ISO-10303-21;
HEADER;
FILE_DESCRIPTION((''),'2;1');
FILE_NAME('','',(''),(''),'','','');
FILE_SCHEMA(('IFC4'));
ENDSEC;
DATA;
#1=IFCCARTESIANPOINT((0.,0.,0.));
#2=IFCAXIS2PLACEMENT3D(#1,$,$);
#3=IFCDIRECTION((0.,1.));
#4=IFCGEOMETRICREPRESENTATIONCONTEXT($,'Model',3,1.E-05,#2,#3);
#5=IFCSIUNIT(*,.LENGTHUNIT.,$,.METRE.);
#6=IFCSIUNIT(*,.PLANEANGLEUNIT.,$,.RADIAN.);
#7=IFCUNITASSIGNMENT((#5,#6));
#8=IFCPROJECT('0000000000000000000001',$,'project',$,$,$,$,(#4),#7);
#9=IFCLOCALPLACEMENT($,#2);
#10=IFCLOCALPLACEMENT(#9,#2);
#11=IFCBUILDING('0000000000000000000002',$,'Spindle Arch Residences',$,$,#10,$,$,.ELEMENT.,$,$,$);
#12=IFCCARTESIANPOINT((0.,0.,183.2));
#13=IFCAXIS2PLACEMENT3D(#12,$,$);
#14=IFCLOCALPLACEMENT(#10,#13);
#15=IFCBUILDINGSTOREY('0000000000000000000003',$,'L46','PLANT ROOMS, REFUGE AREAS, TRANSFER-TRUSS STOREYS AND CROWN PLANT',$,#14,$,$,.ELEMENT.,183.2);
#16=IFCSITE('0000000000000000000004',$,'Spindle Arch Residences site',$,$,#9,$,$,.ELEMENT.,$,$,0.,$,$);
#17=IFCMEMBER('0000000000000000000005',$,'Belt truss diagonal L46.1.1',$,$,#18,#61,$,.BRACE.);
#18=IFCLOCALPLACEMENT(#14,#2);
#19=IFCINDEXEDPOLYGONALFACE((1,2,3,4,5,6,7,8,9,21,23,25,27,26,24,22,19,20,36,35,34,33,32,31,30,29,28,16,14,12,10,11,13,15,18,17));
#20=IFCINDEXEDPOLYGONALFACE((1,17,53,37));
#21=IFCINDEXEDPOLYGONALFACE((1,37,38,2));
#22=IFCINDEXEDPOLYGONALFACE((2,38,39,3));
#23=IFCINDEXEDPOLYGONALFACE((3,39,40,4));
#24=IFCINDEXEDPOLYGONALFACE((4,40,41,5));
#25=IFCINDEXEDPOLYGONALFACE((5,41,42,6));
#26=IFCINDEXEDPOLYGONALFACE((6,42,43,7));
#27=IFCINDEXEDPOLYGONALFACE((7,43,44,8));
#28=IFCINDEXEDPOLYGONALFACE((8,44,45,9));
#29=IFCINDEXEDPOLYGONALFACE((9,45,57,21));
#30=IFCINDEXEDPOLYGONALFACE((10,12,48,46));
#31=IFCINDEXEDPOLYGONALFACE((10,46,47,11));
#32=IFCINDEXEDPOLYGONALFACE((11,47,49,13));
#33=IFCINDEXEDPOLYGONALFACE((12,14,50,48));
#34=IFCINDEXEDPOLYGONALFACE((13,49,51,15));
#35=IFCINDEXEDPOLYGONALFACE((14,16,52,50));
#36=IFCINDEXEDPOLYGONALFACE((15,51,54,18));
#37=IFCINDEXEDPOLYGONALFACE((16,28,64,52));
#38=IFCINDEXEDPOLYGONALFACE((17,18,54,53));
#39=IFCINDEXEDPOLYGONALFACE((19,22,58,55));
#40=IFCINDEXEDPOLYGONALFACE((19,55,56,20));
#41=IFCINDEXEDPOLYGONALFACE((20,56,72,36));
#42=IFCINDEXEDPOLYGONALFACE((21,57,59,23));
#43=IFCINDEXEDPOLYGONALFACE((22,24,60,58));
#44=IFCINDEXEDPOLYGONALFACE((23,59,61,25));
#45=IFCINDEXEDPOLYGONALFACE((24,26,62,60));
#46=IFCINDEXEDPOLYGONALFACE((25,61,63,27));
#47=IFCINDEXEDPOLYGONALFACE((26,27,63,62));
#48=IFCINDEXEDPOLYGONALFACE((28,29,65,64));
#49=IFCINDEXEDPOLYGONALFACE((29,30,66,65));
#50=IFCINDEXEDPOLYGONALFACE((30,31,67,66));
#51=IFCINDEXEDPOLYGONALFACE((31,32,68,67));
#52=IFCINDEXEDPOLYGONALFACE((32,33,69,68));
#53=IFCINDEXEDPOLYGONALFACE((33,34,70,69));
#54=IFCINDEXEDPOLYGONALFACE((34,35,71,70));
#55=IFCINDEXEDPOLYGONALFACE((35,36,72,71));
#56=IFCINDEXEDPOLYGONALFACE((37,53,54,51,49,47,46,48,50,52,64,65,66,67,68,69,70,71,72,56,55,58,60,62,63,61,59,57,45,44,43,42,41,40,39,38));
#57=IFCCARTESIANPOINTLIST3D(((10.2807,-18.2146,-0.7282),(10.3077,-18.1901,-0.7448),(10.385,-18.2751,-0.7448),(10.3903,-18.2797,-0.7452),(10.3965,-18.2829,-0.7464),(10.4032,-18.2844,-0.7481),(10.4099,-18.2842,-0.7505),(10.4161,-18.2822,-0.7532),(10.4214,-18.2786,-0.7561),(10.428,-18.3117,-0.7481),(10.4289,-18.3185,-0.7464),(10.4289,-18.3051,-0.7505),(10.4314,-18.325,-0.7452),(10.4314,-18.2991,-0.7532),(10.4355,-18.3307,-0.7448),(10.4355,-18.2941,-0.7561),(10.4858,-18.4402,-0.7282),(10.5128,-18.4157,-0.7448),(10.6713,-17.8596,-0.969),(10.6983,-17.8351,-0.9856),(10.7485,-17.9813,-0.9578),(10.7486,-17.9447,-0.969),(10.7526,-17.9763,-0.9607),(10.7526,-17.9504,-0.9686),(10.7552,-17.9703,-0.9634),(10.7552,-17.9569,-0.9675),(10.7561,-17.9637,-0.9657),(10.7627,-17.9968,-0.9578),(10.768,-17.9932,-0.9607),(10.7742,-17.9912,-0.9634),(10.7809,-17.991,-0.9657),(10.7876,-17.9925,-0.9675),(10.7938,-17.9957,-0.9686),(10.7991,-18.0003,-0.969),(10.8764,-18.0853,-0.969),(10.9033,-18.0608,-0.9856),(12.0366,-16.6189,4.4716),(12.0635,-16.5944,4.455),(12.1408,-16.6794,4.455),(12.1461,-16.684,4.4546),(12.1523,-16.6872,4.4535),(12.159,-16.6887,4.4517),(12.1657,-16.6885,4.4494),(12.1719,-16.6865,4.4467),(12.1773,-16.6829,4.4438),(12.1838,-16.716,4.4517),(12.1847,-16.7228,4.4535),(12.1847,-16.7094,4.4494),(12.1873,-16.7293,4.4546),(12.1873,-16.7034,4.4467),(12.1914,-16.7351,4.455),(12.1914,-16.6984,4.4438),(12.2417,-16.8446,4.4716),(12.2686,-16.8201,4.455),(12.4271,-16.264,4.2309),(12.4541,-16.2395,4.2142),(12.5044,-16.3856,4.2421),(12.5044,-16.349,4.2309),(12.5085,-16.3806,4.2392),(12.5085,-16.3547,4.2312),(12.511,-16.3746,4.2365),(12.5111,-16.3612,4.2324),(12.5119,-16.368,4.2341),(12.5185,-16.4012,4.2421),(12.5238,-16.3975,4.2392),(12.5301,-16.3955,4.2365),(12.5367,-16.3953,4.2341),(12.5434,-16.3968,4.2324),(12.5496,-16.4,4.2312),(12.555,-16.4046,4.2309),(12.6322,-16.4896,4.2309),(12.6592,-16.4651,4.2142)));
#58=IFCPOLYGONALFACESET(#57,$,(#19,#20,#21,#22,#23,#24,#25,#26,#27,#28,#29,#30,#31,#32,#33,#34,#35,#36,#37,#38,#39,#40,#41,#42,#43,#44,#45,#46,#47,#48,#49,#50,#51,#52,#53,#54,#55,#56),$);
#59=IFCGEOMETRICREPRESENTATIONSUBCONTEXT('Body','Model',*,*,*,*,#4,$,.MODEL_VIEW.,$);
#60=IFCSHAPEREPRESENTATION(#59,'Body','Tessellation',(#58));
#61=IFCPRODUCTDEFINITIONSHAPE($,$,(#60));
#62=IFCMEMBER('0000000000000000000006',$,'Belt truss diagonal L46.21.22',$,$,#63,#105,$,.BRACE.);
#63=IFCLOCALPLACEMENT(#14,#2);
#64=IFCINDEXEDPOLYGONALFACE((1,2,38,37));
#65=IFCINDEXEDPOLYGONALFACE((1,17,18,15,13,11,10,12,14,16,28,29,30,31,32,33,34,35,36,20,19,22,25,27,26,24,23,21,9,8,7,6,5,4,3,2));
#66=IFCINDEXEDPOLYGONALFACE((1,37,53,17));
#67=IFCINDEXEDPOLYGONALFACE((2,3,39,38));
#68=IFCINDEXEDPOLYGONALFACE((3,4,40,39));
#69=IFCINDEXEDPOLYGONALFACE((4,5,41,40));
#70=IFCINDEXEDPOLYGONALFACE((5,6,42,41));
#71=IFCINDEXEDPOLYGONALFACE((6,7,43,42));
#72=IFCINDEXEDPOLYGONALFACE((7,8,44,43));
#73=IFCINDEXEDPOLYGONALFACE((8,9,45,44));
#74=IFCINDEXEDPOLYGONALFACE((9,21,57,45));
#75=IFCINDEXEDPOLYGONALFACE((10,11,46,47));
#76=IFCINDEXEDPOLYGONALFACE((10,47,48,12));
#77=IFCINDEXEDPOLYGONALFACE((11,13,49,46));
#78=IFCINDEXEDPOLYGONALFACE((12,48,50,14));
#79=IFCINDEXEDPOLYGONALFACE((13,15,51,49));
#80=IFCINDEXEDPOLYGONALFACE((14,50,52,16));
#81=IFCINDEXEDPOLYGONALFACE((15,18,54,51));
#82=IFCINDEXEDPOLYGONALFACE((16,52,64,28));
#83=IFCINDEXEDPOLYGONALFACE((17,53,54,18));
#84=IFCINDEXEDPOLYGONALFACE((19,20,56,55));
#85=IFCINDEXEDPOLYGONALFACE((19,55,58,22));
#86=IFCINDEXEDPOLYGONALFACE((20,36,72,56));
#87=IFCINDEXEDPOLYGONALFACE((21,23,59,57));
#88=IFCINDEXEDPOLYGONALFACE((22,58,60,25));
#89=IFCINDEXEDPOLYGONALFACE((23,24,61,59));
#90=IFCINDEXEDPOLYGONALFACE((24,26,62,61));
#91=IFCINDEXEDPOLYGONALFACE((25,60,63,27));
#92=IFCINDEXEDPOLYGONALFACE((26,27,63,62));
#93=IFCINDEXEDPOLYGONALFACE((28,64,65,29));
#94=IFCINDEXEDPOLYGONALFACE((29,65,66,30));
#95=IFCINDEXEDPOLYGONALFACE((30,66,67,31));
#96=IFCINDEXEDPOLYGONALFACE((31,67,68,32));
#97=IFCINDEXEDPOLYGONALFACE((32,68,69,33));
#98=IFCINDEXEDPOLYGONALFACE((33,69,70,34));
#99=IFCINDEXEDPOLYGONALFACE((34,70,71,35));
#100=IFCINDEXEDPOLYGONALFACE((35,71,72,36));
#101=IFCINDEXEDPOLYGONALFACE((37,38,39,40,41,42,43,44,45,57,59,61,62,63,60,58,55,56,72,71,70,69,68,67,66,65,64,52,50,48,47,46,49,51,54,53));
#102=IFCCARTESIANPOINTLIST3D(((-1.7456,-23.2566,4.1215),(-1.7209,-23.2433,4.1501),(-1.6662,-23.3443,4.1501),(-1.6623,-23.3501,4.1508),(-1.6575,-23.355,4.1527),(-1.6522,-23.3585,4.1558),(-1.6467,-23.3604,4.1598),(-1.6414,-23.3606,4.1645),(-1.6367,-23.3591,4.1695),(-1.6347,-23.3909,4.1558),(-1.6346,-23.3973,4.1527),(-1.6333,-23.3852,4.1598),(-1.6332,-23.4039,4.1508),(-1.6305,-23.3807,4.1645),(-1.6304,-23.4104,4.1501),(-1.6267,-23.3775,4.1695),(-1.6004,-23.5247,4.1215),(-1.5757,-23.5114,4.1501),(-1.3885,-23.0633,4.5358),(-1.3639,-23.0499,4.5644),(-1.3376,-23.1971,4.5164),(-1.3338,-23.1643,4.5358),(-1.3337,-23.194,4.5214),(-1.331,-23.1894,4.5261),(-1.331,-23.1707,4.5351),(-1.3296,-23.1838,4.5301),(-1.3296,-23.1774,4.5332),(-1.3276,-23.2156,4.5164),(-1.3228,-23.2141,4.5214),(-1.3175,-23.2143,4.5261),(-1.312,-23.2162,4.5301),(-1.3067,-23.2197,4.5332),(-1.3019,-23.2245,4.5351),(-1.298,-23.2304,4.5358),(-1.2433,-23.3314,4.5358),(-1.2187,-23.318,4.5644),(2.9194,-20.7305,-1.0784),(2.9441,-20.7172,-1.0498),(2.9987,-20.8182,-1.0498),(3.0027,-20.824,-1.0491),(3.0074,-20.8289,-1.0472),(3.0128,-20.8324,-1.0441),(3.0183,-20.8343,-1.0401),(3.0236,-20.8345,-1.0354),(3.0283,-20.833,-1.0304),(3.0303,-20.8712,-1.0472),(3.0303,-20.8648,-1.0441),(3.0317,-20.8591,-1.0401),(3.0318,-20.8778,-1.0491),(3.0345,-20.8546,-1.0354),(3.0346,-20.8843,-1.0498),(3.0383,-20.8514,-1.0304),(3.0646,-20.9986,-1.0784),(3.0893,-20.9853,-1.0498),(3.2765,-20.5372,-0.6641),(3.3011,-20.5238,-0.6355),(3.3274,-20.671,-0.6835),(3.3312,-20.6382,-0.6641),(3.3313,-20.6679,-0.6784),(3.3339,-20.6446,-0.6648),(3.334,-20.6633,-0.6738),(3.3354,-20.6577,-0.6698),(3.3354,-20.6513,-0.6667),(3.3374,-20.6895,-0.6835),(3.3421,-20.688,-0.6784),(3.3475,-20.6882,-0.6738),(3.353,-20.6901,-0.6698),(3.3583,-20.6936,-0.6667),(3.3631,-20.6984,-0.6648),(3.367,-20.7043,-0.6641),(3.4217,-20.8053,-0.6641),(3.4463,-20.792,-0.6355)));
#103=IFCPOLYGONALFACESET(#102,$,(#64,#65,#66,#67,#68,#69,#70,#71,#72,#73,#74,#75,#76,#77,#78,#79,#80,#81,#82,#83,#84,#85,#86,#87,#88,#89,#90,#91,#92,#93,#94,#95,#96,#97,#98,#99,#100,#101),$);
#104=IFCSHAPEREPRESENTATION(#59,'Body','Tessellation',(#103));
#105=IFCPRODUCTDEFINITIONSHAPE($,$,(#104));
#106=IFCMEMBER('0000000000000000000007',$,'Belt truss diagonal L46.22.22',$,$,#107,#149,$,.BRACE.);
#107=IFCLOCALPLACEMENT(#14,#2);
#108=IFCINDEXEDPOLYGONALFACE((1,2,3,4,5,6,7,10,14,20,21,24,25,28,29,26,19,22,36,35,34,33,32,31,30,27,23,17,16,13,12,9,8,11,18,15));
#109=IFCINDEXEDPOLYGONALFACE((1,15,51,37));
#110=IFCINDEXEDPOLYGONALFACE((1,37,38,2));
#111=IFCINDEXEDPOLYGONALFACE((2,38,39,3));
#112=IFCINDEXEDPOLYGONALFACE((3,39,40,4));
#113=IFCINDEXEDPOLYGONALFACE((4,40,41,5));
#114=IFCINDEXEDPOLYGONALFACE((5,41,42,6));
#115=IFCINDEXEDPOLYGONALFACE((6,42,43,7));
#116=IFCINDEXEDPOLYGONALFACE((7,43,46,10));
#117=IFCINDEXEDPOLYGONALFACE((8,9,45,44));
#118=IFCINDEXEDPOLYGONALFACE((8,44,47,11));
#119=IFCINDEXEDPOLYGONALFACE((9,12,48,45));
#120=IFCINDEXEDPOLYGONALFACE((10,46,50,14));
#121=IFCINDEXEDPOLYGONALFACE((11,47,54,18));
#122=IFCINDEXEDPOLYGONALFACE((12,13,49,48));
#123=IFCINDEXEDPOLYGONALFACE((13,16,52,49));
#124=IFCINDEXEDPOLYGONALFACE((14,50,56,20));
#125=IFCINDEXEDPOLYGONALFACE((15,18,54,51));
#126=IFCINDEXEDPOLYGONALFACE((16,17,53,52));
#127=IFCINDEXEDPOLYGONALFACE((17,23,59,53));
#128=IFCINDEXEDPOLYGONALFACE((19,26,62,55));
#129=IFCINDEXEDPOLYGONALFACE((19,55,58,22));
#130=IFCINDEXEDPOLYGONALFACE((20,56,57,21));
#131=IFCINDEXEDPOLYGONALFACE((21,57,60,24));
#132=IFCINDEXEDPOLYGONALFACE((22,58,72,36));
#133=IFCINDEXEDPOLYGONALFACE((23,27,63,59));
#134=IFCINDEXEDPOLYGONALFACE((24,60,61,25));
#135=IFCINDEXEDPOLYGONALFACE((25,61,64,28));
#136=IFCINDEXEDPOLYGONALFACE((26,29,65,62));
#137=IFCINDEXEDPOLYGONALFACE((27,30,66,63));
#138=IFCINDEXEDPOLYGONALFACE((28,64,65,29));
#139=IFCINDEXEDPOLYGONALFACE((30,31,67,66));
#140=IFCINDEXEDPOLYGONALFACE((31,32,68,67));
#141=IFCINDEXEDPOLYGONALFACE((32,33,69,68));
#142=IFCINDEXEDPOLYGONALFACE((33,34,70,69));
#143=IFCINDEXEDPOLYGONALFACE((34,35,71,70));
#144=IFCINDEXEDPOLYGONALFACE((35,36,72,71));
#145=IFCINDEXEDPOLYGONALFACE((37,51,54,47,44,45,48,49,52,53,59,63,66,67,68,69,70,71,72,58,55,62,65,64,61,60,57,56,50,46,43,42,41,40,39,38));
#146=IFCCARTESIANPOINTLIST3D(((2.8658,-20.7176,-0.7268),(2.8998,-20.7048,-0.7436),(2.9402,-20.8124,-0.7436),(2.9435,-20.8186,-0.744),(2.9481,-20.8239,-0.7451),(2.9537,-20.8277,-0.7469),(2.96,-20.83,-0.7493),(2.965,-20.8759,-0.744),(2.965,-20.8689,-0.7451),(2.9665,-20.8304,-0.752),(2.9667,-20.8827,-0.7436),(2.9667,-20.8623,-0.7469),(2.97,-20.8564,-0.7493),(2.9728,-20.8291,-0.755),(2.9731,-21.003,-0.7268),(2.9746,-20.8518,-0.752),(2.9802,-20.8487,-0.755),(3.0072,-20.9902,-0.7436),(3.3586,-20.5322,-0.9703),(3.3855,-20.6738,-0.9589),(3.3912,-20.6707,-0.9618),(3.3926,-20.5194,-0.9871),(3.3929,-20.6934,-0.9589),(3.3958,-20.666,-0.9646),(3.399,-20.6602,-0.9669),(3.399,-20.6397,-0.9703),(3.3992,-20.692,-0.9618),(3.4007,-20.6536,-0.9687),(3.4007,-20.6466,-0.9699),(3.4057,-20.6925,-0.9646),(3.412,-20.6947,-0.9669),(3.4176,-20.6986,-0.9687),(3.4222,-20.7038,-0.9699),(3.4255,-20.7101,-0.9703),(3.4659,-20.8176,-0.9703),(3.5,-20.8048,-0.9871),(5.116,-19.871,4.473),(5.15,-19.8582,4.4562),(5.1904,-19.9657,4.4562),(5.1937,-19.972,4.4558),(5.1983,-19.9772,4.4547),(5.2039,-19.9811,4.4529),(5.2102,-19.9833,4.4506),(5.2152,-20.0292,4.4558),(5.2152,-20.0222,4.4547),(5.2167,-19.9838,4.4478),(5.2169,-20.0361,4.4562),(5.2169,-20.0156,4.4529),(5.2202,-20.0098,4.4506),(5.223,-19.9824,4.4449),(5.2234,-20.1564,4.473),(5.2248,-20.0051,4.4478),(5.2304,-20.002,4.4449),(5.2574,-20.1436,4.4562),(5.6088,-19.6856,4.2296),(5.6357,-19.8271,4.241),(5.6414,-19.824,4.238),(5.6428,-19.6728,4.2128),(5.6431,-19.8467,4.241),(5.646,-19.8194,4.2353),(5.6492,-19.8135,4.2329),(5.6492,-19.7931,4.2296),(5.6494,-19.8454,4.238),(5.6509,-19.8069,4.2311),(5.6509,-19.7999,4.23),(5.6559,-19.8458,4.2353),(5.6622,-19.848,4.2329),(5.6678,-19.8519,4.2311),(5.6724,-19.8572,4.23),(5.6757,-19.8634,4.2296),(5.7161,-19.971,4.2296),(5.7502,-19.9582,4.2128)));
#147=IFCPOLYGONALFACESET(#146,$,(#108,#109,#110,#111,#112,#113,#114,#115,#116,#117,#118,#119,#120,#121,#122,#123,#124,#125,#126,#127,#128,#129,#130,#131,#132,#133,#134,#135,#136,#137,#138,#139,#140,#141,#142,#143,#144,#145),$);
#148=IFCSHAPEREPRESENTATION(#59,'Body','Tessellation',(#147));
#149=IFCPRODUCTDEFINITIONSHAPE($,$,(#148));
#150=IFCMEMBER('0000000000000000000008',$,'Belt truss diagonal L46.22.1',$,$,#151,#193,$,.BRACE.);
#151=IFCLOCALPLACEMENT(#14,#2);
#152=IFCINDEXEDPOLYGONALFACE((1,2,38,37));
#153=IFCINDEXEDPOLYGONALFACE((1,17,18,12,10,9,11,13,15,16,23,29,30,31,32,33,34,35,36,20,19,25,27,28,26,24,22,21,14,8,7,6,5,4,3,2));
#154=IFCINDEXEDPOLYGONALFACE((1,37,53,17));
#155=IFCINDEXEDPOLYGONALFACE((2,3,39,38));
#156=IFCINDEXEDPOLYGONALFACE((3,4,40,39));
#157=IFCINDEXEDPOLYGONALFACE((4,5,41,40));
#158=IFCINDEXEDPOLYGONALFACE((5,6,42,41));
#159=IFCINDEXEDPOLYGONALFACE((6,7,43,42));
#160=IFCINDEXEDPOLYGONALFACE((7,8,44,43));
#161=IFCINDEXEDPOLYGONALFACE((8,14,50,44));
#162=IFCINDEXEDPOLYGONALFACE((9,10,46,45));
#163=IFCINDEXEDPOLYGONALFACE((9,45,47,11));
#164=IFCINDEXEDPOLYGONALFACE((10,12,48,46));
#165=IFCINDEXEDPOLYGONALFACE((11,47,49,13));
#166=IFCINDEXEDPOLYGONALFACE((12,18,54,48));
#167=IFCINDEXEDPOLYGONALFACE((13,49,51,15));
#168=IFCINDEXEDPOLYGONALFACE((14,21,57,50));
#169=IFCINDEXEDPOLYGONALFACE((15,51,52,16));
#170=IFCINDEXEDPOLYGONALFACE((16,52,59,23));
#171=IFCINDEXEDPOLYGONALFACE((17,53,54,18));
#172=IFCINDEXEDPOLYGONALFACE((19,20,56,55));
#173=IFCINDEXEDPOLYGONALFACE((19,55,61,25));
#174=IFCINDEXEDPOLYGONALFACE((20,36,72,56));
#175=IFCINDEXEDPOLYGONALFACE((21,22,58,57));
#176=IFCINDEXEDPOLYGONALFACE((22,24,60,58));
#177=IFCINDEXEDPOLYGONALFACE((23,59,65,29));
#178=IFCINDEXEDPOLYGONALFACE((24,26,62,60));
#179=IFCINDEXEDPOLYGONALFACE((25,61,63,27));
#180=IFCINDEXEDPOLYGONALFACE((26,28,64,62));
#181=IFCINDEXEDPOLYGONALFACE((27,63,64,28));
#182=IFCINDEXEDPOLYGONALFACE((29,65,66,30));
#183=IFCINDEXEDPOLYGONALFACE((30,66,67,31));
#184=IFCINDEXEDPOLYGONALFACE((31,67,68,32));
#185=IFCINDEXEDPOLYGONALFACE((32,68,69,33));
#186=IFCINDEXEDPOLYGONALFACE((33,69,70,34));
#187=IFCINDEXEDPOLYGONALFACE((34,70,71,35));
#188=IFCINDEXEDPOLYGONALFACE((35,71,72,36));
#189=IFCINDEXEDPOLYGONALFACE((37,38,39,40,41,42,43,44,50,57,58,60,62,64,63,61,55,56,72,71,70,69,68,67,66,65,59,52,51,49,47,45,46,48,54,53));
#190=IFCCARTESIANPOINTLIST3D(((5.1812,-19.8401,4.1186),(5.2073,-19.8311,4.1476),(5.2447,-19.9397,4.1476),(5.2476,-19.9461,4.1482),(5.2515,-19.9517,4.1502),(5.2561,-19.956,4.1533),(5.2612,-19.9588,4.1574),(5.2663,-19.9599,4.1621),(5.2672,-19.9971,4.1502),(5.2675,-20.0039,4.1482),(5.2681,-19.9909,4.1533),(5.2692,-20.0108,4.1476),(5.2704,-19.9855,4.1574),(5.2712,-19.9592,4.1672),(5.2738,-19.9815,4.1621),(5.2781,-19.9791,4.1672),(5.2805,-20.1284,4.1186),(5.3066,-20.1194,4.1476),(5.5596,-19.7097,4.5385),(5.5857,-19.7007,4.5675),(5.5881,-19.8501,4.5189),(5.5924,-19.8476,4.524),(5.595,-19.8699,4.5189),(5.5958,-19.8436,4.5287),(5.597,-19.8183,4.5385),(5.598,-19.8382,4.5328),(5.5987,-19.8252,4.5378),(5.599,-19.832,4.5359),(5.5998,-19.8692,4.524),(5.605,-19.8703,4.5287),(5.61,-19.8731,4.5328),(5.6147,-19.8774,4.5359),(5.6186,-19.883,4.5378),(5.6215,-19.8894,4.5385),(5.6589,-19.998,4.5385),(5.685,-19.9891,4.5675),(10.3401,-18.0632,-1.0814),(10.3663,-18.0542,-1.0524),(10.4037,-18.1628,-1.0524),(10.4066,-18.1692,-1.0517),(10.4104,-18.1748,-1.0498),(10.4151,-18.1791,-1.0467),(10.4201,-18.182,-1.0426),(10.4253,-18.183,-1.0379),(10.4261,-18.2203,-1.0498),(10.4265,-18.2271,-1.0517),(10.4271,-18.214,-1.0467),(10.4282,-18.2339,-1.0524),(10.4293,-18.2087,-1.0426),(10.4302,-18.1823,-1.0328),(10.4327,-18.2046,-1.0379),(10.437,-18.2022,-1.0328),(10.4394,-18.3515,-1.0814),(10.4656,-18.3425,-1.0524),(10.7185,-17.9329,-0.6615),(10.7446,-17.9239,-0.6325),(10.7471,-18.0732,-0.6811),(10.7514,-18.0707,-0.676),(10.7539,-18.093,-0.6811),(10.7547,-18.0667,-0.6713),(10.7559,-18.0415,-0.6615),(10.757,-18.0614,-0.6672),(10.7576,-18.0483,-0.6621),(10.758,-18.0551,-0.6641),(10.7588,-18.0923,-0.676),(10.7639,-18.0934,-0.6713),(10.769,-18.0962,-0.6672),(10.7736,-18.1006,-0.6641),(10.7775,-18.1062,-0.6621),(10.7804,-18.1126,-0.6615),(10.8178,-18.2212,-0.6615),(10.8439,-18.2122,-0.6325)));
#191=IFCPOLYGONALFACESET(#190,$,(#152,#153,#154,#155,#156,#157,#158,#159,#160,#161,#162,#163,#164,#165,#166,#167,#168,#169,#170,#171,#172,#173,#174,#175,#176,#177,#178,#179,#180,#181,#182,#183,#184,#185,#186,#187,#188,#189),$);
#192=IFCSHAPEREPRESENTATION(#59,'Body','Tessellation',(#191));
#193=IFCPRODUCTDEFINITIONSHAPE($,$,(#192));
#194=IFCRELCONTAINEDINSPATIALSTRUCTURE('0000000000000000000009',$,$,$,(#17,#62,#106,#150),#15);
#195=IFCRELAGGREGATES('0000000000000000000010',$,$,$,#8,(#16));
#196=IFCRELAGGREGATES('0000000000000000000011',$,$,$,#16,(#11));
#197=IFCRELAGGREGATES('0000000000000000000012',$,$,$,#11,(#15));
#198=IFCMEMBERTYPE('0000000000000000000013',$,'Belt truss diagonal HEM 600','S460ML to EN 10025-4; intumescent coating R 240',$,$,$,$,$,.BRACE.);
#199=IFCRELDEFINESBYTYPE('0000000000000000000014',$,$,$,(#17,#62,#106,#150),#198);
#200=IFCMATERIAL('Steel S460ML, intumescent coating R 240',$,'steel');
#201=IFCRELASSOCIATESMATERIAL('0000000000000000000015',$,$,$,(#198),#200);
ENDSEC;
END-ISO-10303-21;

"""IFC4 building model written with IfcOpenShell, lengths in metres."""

from ifc_helpers import new_model, si_unit, direction, frame, origin, origin_2d, place, context, subcontext, project, spatial, i_section, extrude, material, material_profile, profile_set, type_object, element, save


model = new_model("IFC4")

# Units and contexts
model_context = context("Model", 3, precision=1e-05, world=origin(), true_north=direction((0.0, 1.0)))
body_context = subcontext(model_context, "Body", "Model", "MODEL_VIEW")
ifc_project = project(units=[si_unit("LENGTHUNIT", "METRE"), si_unit("PLANEANGLEUNIT", "RADIAN")], contexts=[model_context])

# Site, building, storey
site_placement = place(None, origin())
site = spatial("IfcSite", under=ifc_project, at=site_placement, Name="Spindle Arch Residences site", CompositionType="ELEMENT", RefElevation=0.0)
building_placement = place(site_placement, origin())
building = spatial("IfcBuilding", under=site, at=building_placement, Name="Spindle Arch Residences", CompositionType="ELEMENT")
storey_placement = place(building_placement, frame((0.0, 0.0, 183.2)))
storey = spatial("IfcBuildingStorey", under=building, at=storey_placement, Name="L46", Description="PLANT ROOMS, REFUGE AREAS, TRANSFER-TRUSS STOREYS AND CROWN PLANT", CompositionType="ELEMENT", Elevation=183.2)

# Members
ifc_material_1 = material(Name="Steel S460ML, intumescent coating R 240", Category="steel")
ifc_material_profile_1 = material_profile(ifc_material_1, i_section(OverallWidth=0.3049, OverallDepth=0.6201, WebThickness=0.021, FlangeThickness=0.04, FilletRadius=0.0271, at=origin_2d()), Name="HEM 600")
ifc_profile_set_1 = profile_set([ifc_material_profile_1], Name="Steel S460ML, intumescent coating R 240")
member_type_1 = type_object("IfcMemberType", Name="Belt truss diagonal HEM 600", Description="S460ML to EN 10025-4; intumescent coating R 240", PredefinedType="BRACE", material=ifc_profile_set_1)
member_1_placement = place(storey_placement, frame((10.592, -18.1377, -0.8569), z_axis=(0.307201, 0.279181, 0.909772), x_axis=(-0.67255, 0.740052, 0.0)))
element("IfcMember", 1, at=member_1_placement, inside=storey, type_object=member_type_1, Name="Belt truss diagonal L46.1.1", PredefinedType="BRACE", context=body_context, shape_type="SweptSolid", body=[
    extrude(i_section(OverallWidth=0.3049, OverallDepth=0.6201, WebThickness=0.021, FlangeThickness=0.04, FilletRadius=0.0271, at=origin_2d()), origin(), (0.0, 0.0, 1.0), 5.7156),
])
member_2_placement = place(storey_placement, frame((3.1829, -20.7612, -0.8569), z_axis=(-0.627988, -0.340056, 0.699995), x_axis=(0.47617, -0.879353, 0.0)))
element("IfcMember", 2, at=member_2_placement, inside=storey, type_object=member_type_1, Name="Belt truss diagonal L46.21.22", PredefinedType="BRACE", context=body_context, shape_type="SweptSolid", body=[
    extrude(i_section(OverallWidth=0.3049, OverallDepth=0.6201, WebThickness=0.021, FlangeThickness=0.04, FilletRadius=0.0271, at=origin_2d()), origin(), (0.0, 0.0, 1.0), 7.4285),
])
member_3_placement = place(storey_placement, frame((3.1829, -20.7612, -0.8569), z_axis=(0.39279, 0.147792, 0.907675), x_axis=(-0.352158, 0.935941, 0.0)))
element("IfcMember", 3, at=member_3_placement, inside=storey, type_object=member_type_1, Name="Belt truss diagonal L46.22.22", PredefinedType="BRACE", context=body_context, shape_type="SweptSolid", body=[
    extrude(i_section(OverallWidth=0.3049, OverallDepth=0.6201, WebThickness=0.021, FlangeThickness=0.04, FilletRadius=0.0271, at=origin_2d()), origin(), (0.0, 0.0, 1.0), 5.7288),
])
member_4_placement = place(storey_placement, frame((10.592, -18.1377, -0.8569), z_axis=(-0.684451, -0.235741, 0.689893), x_axis=(0.325649, -0.945491, 0.0)))
element("IfcMember", 4, at=member_4_placement, inside=storey, type_object=member_type_1, Name="Belt truss diagonal L46.22.1", PredefinedType="BRACE", context=body_context, shape_type="SweptSolid", body=[
    extrude(i_section(OverallWidth=0.3049, OverallDepth=0.6201, WebThickness=0.021, FlangeThickness=0.04, FilletRadius=0.0271, at=origin_2d()), origin(), (0.0, 0.0, 1.0), 7.5374),
])

save(model, "model.ifc")
